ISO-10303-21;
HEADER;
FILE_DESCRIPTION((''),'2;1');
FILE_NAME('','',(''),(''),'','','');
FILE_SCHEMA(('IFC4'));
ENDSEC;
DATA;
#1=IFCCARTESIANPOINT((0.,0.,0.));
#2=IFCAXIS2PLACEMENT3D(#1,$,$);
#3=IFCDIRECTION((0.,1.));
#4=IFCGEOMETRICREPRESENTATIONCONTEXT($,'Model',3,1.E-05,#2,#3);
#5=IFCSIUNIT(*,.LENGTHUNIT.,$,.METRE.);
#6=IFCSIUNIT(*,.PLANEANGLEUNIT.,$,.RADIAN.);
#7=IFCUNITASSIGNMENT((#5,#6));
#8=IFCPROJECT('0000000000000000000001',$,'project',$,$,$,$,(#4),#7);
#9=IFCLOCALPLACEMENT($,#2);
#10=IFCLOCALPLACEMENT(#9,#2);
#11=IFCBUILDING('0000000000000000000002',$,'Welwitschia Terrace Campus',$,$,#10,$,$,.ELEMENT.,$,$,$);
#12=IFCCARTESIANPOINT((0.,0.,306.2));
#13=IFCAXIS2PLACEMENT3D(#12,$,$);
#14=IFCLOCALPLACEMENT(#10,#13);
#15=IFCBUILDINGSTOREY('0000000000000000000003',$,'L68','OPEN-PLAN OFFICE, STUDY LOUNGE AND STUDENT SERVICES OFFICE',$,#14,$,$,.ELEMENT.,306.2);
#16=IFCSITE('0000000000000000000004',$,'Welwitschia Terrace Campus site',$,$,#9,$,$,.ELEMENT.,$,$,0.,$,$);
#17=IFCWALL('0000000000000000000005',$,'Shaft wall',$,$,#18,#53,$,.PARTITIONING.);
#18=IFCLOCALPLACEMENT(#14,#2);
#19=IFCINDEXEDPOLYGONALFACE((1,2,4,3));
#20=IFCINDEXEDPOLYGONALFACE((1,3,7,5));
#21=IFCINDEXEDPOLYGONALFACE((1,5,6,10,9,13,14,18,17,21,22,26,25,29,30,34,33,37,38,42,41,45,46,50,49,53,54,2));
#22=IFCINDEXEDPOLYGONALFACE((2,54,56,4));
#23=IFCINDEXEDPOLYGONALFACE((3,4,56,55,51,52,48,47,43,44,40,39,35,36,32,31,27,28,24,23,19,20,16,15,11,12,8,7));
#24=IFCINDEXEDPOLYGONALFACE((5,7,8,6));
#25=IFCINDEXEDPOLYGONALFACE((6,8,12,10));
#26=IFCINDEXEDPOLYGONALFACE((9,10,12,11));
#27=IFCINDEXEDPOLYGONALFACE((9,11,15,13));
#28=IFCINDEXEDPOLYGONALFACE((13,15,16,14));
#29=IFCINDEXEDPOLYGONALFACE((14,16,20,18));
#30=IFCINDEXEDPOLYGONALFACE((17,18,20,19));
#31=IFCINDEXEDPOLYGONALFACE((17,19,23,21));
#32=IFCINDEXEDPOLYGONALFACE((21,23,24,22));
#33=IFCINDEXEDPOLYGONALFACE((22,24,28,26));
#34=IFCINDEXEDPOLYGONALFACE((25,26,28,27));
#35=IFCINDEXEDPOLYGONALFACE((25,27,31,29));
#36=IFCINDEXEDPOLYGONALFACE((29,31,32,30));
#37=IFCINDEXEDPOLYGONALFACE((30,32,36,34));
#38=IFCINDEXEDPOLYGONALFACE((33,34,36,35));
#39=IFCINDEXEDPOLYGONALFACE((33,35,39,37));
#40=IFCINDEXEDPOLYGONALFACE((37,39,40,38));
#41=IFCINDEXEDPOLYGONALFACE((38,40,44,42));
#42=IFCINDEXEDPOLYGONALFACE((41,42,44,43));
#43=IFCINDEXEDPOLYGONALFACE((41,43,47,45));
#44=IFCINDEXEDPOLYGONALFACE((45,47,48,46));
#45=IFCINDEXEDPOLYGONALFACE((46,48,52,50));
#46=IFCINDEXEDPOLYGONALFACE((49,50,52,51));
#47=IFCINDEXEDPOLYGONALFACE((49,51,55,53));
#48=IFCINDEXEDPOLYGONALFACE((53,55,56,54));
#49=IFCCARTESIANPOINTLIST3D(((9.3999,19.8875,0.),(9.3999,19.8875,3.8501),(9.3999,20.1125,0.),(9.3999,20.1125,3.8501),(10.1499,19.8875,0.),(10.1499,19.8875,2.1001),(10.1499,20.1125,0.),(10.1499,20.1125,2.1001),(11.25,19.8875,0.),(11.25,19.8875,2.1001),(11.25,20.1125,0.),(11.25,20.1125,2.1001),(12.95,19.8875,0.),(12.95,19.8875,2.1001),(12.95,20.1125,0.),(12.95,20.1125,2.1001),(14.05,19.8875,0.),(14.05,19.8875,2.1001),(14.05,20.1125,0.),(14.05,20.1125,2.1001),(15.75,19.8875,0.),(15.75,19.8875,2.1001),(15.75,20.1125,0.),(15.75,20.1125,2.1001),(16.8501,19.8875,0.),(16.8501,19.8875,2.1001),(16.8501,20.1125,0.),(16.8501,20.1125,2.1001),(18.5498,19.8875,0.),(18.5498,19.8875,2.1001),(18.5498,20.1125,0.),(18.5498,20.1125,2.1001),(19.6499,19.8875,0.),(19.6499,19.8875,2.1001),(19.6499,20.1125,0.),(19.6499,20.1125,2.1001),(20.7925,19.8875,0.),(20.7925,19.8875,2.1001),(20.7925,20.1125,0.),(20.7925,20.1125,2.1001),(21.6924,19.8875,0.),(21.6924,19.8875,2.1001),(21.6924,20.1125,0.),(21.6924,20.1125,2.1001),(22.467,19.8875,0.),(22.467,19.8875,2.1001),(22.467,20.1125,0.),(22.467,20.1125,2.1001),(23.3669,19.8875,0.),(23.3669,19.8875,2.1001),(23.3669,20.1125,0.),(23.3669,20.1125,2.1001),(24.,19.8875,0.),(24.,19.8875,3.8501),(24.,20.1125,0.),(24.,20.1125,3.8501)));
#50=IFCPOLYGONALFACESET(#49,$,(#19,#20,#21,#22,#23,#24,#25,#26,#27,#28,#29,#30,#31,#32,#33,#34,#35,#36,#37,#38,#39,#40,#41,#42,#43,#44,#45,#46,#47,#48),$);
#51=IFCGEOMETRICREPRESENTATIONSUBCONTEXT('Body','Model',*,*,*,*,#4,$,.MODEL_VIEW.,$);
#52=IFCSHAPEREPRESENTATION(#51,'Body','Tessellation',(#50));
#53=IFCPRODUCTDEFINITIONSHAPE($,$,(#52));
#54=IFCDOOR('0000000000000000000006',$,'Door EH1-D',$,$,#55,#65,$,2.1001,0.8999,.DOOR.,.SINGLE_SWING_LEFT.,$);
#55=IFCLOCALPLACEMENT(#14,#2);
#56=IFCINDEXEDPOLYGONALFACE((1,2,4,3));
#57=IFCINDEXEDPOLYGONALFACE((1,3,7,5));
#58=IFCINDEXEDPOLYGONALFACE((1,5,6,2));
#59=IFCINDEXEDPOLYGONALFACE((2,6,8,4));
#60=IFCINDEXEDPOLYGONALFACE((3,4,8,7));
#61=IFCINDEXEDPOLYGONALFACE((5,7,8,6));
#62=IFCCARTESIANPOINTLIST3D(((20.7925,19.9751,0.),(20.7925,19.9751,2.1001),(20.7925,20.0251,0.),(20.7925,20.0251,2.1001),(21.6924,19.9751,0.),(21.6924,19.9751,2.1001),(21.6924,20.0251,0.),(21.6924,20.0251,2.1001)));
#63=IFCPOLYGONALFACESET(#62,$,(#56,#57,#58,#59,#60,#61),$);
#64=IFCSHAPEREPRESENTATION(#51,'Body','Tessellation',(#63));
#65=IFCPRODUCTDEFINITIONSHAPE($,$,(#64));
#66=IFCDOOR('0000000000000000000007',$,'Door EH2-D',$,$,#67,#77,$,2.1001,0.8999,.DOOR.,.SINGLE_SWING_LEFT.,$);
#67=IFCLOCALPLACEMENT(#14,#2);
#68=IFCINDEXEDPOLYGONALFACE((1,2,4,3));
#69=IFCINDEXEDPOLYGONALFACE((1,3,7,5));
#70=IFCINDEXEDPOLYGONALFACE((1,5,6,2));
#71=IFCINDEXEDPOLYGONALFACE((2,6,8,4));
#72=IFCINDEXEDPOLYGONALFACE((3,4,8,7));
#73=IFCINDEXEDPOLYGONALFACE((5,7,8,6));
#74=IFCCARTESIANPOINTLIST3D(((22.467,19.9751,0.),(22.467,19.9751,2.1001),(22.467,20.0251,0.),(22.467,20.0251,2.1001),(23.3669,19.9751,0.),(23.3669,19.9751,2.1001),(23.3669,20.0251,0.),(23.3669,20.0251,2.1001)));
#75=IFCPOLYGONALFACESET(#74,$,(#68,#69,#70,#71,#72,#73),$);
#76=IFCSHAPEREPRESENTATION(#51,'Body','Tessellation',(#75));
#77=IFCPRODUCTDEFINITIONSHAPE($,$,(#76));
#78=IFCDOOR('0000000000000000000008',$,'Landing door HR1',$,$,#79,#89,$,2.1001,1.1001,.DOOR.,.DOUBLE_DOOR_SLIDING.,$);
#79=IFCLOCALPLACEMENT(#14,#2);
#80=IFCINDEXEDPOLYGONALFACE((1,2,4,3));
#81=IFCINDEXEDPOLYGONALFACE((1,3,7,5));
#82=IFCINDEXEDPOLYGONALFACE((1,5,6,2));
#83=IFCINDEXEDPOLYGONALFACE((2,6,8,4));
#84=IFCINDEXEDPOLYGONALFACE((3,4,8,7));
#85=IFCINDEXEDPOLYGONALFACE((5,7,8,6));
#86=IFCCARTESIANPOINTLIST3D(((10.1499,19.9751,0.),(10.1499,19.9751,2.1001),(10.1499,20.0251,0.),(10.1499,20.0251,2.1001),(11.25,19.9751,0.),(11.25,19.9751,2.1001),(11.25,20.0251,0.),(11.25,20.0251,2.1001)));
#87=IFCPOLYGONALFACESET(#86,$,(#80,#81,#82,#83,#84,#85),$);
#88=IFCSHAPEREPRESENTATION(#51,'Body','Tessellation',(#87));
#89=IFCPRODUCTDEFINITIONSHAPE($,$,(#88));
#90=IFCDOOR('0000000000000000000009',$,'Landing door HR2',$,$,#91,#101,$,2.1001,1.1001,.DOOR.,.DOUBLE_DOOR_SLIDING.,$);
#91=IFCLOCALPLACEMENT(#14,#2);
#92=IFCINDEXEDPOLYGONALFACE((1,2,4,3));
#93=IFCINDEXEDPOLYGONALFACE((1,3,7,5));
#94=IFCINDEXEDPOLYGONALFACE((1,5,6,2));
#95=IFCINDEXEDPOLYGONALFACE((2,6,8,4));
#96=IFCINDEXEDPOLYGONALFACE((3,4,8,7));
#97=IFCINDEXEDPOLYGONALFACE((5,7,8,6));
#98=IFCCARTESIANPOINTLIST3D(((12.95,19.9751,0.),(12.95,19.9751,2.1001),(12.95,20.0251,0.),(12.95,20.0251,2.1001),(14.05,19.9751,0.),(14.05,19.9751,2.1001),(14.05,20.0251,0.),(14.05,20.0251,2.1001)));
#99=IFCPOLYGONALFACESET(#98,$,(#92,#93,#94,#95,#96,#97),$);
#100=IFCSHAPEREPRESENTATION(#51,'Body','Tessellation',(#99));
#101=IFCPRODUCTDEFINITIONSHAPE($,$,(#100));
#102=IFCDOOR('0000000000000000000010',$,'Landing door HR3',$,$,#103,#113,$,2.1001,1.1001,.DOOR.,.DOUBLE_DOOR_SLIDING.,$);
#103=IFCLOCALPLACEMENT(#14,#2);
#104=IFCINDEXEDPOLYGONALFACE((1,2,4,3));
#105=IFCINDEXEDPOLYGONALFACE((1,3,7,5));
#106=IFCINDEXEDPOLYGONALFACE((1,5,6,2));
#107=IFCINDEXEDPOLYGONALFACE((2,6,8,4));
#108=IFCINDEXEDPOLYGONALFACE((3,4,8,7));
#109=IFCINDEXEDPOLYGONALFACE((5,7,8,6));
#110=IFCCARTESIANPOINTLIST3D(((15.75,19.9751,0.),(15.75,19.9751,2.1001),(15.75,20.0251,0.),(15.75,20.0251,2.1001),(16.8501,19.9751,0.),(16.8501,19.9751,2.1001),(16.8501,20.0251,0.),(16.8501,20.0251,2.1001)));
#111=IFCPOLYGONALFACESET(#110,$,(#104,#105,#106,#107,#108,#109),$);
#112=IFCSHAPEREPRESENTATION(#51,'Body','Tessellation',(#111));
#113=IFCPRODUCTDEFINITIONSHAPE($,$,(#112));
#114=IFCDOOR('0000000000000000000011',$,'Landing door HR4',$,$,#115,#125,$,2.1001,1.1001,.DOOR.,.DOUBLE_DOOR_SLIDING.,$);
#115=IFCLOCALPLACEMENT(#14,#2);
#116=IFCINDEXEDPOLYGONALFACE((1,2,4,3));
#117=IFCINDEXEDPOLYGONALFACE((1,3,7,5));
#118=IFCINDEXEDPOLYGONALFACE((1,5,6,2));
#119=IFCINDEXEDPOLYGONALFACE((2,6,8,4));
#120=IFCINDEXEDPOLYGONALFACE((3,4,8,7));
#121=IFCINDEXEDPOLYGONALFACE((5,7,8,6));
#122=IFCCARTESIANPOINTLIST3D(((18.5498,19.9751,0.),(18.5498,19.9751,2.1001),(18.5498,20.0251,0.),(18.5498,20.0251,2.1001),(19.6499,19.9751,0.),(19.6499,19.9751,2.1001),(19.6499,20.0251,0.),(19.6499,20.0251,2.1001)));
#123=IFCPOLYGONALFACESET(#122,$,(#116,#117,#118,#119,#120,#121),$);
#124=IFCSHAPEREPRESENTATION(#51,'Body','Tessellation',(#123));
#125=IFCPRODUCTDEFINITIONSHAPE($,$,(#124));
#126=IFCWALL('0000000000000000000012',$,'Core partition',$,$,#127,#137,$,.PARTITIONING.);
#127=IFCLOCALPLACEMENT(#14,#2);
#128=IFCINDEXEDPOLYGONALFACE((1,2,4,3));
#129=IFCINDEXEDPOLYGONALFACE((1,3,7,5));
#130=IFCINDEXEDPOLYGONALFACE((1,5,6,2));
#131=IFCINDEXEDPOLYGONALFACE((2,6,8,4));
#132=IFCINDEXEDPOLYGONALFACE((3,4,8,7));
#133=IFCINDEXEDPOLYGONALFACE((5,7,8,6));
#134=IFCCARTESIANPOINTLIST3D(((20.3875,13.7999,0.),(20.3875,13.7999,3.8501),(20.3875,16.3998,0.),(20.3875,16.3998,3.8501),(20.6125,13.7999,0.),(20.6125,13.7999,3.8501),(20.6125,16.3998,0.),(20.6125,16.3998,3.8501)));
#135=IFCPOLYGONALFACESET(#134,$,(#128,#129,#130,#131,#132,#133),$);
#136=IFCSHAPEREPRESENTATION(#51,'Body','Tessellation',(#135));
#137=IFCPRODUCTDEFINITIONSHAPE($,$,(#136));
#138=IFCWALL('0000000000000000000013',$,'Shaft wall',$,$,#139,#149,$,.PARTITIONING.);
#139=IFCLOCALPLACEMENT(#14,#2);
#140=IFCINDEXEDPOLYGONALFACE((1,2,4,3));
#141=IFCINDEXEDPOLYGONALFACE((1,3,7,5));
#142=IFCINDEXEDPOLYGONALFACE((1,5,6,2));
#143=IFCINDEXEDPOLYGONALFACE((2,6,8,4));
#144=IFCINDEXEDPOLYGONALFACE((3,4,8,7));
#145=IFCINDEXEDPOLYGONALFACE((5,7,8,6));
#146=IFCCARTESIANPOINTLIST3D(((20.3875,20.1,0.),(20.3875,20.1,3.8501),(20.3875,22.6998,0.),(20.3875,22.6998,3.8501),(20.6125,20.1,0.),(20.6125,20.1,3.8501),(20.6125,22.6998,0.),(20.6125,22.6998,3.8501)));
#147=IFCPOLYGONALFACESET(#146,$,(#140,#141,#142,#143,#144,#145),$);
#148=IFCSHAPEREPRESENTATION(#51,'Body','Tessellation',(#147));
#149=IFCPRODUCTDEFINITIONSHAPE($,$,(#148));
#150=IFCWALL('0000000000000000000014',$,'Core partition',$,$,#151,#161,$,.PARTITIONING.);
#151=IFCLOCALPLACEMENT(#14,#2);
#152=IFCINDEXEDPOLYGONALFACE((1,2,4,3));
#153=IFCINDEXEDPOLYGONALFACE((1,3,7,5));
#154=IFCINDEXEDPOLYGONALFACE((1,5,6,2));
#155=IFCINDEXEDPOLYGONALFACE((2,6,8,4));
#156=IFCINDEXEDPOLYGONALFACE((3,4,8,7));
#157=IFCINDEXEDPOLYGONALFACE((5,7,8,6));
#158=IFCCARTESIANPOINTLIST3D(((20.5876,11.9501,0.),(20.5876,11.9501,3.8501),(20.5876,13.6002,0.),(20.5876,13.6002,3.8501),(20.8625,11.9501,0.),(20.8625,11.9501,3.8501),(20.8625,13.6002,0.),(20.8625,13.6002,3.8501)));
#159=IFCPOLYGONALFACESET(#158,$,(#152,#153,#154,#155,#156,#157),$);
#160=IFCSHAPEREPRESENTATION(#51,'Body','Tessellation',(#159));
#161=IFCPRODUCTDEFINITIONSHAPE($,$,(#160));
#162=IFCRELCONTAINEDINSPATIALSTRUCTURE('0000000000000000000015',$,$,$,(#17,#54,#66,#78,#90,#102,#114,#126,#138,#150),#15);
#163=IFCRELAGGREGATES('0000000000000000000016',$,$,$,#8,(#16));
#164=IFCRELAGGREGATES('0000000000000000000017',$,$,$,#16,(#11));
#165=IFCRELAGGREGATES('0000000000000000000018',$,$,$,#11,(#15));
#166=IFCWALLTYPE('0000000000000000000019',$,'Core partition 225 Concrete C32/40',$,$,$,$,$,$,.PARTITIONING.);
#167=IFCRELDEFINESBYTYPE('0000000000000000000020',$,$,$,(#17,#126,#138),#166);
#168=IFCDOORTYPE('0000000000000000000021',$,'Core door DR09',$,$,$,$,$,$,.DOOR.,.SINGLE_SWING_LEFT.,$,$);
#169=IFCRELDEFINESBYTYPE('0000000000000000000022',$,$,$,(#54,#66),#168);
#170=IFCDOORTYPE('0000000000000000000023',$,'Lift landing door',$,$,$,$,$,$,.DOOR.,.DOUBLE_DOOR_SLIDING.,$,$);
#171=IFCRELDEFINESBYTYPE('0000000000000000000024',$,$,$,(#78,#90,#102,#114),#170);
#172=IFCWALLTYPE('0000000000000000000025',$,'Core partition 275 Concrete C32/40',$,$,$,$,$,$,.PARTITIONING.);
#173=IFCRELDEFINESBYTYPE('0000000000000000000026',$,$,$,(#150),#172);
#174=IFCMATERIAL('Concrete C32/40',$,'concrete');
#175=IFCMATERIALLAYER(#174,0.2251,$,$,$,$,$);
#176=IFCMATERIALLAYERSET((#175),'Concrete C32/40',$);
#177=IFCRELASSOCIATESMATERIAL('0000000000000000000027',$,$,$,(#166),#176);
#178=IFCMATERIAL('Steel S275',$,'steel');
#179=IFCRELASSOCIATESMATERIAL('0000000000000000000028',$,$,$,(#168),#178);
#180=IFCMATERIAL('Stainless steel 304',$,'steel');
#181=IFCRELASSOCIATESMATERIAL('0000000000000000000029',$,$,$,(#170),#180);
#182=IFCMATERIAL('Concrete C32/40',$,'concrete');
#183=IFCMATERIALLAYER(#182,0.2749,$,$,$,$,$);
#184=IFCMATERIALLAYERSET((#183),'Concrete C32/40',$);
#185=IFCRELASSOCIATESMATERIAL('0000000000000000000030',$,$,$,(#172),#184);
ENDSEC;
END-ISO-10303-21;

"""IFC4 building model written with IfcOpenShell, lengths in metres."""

from ifc_helpers import new_model, si_unit, direction, frame, frame_2d, origin, place, context, subcontext, project, spatial, rectangle, extrude, material, layer, layer_set, type_object, element, fill, save


model = new_model("IFC4")

# Units and contexts
model_context = context("Model", 3, precision=1e-05, world=origin(), true_north=direction((0.0, 1.0)))
body_context = subcontext(model_context, "Body", "Model", "MODEL_VIEW")
ifc_project = project(units=[si_unit("LENGTHUNIT", "METRE"), si_unit("PLANEANGLEUNIT", "RADIAN")], contexts=[model_context])

# Site, building, storey
site_placement = place(None, origin())
site = spatial("IfcSite", under=ifc_project, at=site_placement, Name="Welwitschia Terrace Campus site", CompositionType="ELEMENT", RefElevation=0.0)
building_placement = place(site_placement, origin())
building = spatial("IfcBuilding", under=site, at=building_placement, Name="Welwitschia Terrace Campus", CompositionType="ELEMENT")
storey_placement = place(building_placement, frame((0.0, 0.0, 306.2)))
storey = spatial("IfcBuildingStorey", under=building, at=storey_placement, Name="L68", Description="OPEN-PLAN OFFICE, STUDY LOUNGE AND STUDENT SERVICES OFFICE", CompositionType="ELEMENT", Elevation=306.2)

# Shared definitions
ifc_material_1 = material(Name="Concrete C32/40", Category="concrete")
ifc_layer_1 = layer(ifc_material_1, 0.2251)
ifc_layer_set_1 = layer_set([ifc_layer_1], Name="Concrete C32/40")
wall_type_1 = type_object("IfcWallType", Name="Core partition 225 Concrete C32/40", PredefinedType="PARTITIONING", material=ifc_layer_set_1)

# Wall, openings, doors
wall_1_placement = place(storey_placement, frame((24.0, 20.0, 0.0), z_axis=(0.0, 0.0, 1.0), x_axis=(-1.0, 0.0, 0.0)))
wall_1 = element("IfcWall", 1, at=wall_1_placement, inside=storey, type_object=wall_type_1, Name="Shaft wall", PredefinedType="PARTITIONING", context=body_context, shape_type="SweptSolid", body=[
    extrude(rectangle(XDim=14.6001, YDim=0.2251, at=frame_2d((7.3, 0.0))), origin(), (0.0, 0.0, 1.0), 3.8501),
])
opening_1_placement = place(wall_1_placement, frame((12.75, 0.0, 0.0)))
opening_1 = element("IfcOpeningElement", 2, at=opening_1_placement, cuts=wall_1, PredefinedType="OPENING", context=body_context, shape_type="SweptSolid", body=[
    extrude(rectangle(XDim=1.1001, YDim=2.1001, at=frame_2d((0.55, 1.05))), frame((0.0, 0.1226, 0.0), z_axis=(0.0, -1.0, 0.0), x_axis=(1.0, 0.0, 0.0)), (0.0, 0.0, 1.0), 0.2451),
])
opening_2_placement = place(wall_1_placement, frame((9.95, 0.0, 0.0)))
opening_2 = element("IfcOpeningElement", 3, at=opening_2_placement, cuts=wall_1, PredefinedType="OPENING", context=body_context, shape_type="SweptSolid", body=[
    extrude(rectangle(XDim=1.1001, YDim=2.1001, at=frame_2d((0.55, 1.05))), frame((0.0, 0.1226, 0.0), z_axis=(0.0, -1.0, 0.0), x_axis=(1.0, 0.0, 0.0)), (0.0, 0.0, 1.0), 0.2451),
])
opening_3_placement = place(wall_1_placement, frame((7.1499, 0.0, 0.0)))
opening_3 = element("IfcOpeningElement", 4, at=opening_3_placement, cuts=wall_1, PredefinedType="OPENING", context=body_context, shape_type="SweptSolid", body=[
    extrude(rectangle(XDim=1.1001, YDim=2.1001, at=frame_2d((0.55, 1.05))), frame((0.0, 0.1226, 0.0), z_axis=(0.0, -1.0, 0.0), x_axis=(1.0, 0.0, 0.0)), (0.0, 0.0, 1.0), 0.2451),
])
opening_4_placement = place(wall_1_placement, frame((4.3501, 0.0, 0.0)))
opening_4 = element("IfcOpeningElement", 5, at=opening_4_placement, cuts=wall_1, PredefinedType="OPENING", context=body_context, shape_type="SweptSolid", body=[
    extrude(rectangle(XDim=1.1001, YDim=2.1001, at=frame_2d((0.55, 1.05))), frame((0.0, 0.1226, 0.0), z_axis=(0.0, -1.0, 0.0), x_axis=(1.0, 0.0, 0.0)), (0.0, 0.0, 1.0), 0.2451),
])
opening_5_placement = place(wall_1_placement, frame((2.3076, 0.0, 0.0)))
opening_5 = element("IfcOpeningElement", 6, at=opening_5_placement, cuts=wall_1, PredefinedType="OPENING", context=body_context, shape_type="SweptSolid", body=[
    extrude(rectangle(XDim=0.8999, YDim=2.1001, at=frame_2d((0.45, 1.05))), frame((0.0, 0.1226, 0.0), z_axis=(0.0, -1.0, 0.0), x_axis=(1.0, 0.0, 0.0)), (0.0, 0.0, 1.0), 0.2451),
])
opening_6_placement = place(wall_1_placement, frame((0.6331, 0.0, 0.0)))
opening_6 = element("IfcOpeningElement", 7, at=opening_6_placement, cuts=wall_1, PredefinedType="OPENING", context=body_context, shape_type="SweptSolid", body=[
    extrude(rectangle(XDim=0.8999, YDim=2.1001, at=frame_2d((0.45, 1.05))), frame((0.0, 0.1226, 0.0), z_axis=(0.0, -1.0, 0.0), x_axis=(1.0, 0.0, 0.0)), (0.0, 0.0, 1.0), 0.2451),
])
ifc_material_2 = material(Name="Steel S275", Category="steel")
door_type_1 = type_object("IfcDoorType", Name="Core door DR09", OperationType="SINGLE_SWING_LEFT", PredefinedType="DOOR", material=ifc_material_2)
door_1_placement = place(opening_5_placement, origin())
door_1 = element("IfcDoor", 8, at=door_1_placement, inside=storey, type_object=door_type_1, Name="Door EH1-D", OperationType="SINGLE_SWING_LEFT", OverallHeight=2.1001, OverallWidth=0.8999, PredefinedType="DOOR", context=body_context, shape_type="SweptSolid", body=[
    extrude(rectangle(XDim=0.8999, YDim=2.1001, at=frame_2d((0.45, 1.05))), frame((0.0, 0.0249, 0.0), z_axis=(0.0, -1.0, 0.0), x_axis=(1.0, 0.0, 0.0)), (0.0, 0.0, 1.0), 0.05),
])
fill(opening_5, door_1)
door_2_placement = place(opening_6_placement, origin())
door_2 = element("IfcDoor", 9, at=door_2_placement, inside=storey, type_object=door_type_1, Name="Door EH2-D", OperationType="SINGLE_SWING_LEFT", OverallHeight=2.1001, OverallWidth=0.8999, PredefinedType="DOOR", context=body_context, shape_type="SweptSolid", body=[
    extrude(rectangle(XDim=0.8999, YDim=2.1001, at=frame_2d((0.45, 1.05))), frame((0.0, 0.0249, 0.0), z_axis=(0.0, -1.0, 0.0), x_axis=(1.0, 0.0, 0.0)), (0.0, 0.0, 1.0), 0.05),
])
fill(opening_6, door_2)
ifc_material_3 = material(Name="Stainless steel 304", Category="steel")
door_type_2 = type_object("IfcDoorType", Name="Lift landing door", OperationType="DOUBLE_DOOR_SLIDING", PredefinedType="DOOR", material=ifc_material_3)
door_3_placement = place(opening_1_placement, origin())
door_3 = element("IfcDoor", 10, at=door_3_placement, inside=storey, type_object=door_type_2, Name="Landing door HR1", OperationType="DOUBLE_DOOR_SLIDING", OverallHeight=2.1001, OverallWidth=1.1001, PredefinedType="DOOR", context=body_context, shape_type="SweptSolid", body=[
    extrude(rectangle(XDim=1.1001, YDim=2.1001, at=frame_2d((0.55, 1.05))), frame((0.0, 0.0249, 0.0), z_axis=(0.0, -1.0, 0.0), x_axis=(1.0, 0.0, 0.0)), (0.0, 0.0, 1.0), 0.05),
])
fill(opening_1, door_3)
door_4_placement = place(opening_2_placement, origin())
door_4 = element("IfcDoor", 11, at=door_4_placement, inside=storey, type_object=door_type_2, Name="Landing door HR2", OperationType="DOUBLE_DOOR_SLIDING", OverallHeight=2.1001, OverallWidth=1.1001, PredefinedType="DOOR", context=body_context, shape_type="SweptSolid", body=[
    extrude(rectangle(XDim=1.1001, YDim=2.1001, at=frame_2d((0.55, 1.05))), frame((0.0, 0.0249, 0.0), z_axis=(0.0, -1.0, 0.0), x_axis=(1.0, 0.0, 0.0)), (0.0, 0.0, 1.0), 0.05),
])
fill(opening_2, door_4)
door_5_placement = place(opening_3_placement, origin())
door_5 = element("IfcDoor", 12, at=door_5_placement, inside=storey, type_object=door_type_2, Name="Landing door HR3", OperationType="DOUBLE_DOOR_SLIDING", OverallHeight=2.1001, OverallWidth=1.1001, PredefinedType="DOOR", context=body_context, shape_type="SweptSolid", body=[
    extrude(rectangle(XDim=1.1001, YDim=2.1001, at=frame_2d((0.55, 1.05))), frame((0.0, 0.0249, 0.0), z_axis=(0.0, -1.0, 0.0), x_axis=(1.0, 0.0, 0.0)), (0.0, 0.0, 1.0), 0.05),
])
fill(opening_3, door_5)
door_6_placement = place(opening_4_placement, origin())
door_6 = element("IfcDoor", 13, at=door_6_placement, inside=storey, type_object=door_type_2, Name="Landing door HR4", OperationType="DOUBLE_DOOR_SLIDING", OverallHeight=2.1001, OverallWidth=1.1001, PredefinedType="DOOR", context=body_context, shape_type="SweptSolid", body=[
    extrude(rectangle(XDim=1.1001, YDim=2.1001, at=frame_2d((0.55, 1.05))), frame((0.0, 0.0249, 0.0), z_axis=(0.0, -1.0, 0.0), x_axis=(1.0, 0.0, 0.0)), (0.0, 0.0, 1.0), 0.05),
])
fill(opening_4, door_6)

# Walls
for number, where, z_axis, x_axis, name in (
    (14, (20.5, 13.8, 0.0), (0.0, 0.0, 1.0), (0.0, 1.0, 0.0), "Core partition"),
    (15, (20.5, 20.1001, 0.0), (0.0, 0.0, 1.0), (0.0, 1.0, 0.0), "Shaft wall"),
):
    element("IfcWall", number, at=place(storey_placement, frame(where, z_axis=z_axis, x_axis=x_axis)), inside=storey, type_object=wall_type_1, Name=name, PredefinedType="PARTITIONING", context=body_context, shape_type="SweptSolid", body=[
        extrude(rectangle(XDim=2.5999, YDim=0.2251, at=frame_2d((1.2998, 0.0))), origin(), (0.0, 0.0, 1.0), 3.8501),
    ])
ifc_material_4 = material(Name="Concrete C32/40", Category="concrete")
ifc_layer_2 = layer(ifc_material_4, 0.2749)
ifc_layer_set_2 = layer_set([ifc_layer_2], Name="Concrete C32/40")
wall_type_2 = type_object("IfcWallType", Name="Core partition 275 Concrete C32/40", PredefinedType="PARTITIONING", material=ifc_layer_set_2)
wall_2_placement = place(storey_placement, frame((20.7251, 11.95, 0.0), z_axis=(0.0, 0.0, 1.0), x_axis=(0.0, 1.0, 0.0)))
element("IfcWall", 16, at=wall_2_placement, inside=storey, type_object=wall_type_2, Name="Core partition", PredefinedType="PARTITIONING", context=body_context, shape_type="SweptSolid", body=[
    extrude(rectangle(XDim=1.6501, YDim=0.2749, at=frame_2d((0.8252, 0.0))), origin(), (0.0, 0.0, 1.0), 3.8501),
])

save(model, "model.ifc")
